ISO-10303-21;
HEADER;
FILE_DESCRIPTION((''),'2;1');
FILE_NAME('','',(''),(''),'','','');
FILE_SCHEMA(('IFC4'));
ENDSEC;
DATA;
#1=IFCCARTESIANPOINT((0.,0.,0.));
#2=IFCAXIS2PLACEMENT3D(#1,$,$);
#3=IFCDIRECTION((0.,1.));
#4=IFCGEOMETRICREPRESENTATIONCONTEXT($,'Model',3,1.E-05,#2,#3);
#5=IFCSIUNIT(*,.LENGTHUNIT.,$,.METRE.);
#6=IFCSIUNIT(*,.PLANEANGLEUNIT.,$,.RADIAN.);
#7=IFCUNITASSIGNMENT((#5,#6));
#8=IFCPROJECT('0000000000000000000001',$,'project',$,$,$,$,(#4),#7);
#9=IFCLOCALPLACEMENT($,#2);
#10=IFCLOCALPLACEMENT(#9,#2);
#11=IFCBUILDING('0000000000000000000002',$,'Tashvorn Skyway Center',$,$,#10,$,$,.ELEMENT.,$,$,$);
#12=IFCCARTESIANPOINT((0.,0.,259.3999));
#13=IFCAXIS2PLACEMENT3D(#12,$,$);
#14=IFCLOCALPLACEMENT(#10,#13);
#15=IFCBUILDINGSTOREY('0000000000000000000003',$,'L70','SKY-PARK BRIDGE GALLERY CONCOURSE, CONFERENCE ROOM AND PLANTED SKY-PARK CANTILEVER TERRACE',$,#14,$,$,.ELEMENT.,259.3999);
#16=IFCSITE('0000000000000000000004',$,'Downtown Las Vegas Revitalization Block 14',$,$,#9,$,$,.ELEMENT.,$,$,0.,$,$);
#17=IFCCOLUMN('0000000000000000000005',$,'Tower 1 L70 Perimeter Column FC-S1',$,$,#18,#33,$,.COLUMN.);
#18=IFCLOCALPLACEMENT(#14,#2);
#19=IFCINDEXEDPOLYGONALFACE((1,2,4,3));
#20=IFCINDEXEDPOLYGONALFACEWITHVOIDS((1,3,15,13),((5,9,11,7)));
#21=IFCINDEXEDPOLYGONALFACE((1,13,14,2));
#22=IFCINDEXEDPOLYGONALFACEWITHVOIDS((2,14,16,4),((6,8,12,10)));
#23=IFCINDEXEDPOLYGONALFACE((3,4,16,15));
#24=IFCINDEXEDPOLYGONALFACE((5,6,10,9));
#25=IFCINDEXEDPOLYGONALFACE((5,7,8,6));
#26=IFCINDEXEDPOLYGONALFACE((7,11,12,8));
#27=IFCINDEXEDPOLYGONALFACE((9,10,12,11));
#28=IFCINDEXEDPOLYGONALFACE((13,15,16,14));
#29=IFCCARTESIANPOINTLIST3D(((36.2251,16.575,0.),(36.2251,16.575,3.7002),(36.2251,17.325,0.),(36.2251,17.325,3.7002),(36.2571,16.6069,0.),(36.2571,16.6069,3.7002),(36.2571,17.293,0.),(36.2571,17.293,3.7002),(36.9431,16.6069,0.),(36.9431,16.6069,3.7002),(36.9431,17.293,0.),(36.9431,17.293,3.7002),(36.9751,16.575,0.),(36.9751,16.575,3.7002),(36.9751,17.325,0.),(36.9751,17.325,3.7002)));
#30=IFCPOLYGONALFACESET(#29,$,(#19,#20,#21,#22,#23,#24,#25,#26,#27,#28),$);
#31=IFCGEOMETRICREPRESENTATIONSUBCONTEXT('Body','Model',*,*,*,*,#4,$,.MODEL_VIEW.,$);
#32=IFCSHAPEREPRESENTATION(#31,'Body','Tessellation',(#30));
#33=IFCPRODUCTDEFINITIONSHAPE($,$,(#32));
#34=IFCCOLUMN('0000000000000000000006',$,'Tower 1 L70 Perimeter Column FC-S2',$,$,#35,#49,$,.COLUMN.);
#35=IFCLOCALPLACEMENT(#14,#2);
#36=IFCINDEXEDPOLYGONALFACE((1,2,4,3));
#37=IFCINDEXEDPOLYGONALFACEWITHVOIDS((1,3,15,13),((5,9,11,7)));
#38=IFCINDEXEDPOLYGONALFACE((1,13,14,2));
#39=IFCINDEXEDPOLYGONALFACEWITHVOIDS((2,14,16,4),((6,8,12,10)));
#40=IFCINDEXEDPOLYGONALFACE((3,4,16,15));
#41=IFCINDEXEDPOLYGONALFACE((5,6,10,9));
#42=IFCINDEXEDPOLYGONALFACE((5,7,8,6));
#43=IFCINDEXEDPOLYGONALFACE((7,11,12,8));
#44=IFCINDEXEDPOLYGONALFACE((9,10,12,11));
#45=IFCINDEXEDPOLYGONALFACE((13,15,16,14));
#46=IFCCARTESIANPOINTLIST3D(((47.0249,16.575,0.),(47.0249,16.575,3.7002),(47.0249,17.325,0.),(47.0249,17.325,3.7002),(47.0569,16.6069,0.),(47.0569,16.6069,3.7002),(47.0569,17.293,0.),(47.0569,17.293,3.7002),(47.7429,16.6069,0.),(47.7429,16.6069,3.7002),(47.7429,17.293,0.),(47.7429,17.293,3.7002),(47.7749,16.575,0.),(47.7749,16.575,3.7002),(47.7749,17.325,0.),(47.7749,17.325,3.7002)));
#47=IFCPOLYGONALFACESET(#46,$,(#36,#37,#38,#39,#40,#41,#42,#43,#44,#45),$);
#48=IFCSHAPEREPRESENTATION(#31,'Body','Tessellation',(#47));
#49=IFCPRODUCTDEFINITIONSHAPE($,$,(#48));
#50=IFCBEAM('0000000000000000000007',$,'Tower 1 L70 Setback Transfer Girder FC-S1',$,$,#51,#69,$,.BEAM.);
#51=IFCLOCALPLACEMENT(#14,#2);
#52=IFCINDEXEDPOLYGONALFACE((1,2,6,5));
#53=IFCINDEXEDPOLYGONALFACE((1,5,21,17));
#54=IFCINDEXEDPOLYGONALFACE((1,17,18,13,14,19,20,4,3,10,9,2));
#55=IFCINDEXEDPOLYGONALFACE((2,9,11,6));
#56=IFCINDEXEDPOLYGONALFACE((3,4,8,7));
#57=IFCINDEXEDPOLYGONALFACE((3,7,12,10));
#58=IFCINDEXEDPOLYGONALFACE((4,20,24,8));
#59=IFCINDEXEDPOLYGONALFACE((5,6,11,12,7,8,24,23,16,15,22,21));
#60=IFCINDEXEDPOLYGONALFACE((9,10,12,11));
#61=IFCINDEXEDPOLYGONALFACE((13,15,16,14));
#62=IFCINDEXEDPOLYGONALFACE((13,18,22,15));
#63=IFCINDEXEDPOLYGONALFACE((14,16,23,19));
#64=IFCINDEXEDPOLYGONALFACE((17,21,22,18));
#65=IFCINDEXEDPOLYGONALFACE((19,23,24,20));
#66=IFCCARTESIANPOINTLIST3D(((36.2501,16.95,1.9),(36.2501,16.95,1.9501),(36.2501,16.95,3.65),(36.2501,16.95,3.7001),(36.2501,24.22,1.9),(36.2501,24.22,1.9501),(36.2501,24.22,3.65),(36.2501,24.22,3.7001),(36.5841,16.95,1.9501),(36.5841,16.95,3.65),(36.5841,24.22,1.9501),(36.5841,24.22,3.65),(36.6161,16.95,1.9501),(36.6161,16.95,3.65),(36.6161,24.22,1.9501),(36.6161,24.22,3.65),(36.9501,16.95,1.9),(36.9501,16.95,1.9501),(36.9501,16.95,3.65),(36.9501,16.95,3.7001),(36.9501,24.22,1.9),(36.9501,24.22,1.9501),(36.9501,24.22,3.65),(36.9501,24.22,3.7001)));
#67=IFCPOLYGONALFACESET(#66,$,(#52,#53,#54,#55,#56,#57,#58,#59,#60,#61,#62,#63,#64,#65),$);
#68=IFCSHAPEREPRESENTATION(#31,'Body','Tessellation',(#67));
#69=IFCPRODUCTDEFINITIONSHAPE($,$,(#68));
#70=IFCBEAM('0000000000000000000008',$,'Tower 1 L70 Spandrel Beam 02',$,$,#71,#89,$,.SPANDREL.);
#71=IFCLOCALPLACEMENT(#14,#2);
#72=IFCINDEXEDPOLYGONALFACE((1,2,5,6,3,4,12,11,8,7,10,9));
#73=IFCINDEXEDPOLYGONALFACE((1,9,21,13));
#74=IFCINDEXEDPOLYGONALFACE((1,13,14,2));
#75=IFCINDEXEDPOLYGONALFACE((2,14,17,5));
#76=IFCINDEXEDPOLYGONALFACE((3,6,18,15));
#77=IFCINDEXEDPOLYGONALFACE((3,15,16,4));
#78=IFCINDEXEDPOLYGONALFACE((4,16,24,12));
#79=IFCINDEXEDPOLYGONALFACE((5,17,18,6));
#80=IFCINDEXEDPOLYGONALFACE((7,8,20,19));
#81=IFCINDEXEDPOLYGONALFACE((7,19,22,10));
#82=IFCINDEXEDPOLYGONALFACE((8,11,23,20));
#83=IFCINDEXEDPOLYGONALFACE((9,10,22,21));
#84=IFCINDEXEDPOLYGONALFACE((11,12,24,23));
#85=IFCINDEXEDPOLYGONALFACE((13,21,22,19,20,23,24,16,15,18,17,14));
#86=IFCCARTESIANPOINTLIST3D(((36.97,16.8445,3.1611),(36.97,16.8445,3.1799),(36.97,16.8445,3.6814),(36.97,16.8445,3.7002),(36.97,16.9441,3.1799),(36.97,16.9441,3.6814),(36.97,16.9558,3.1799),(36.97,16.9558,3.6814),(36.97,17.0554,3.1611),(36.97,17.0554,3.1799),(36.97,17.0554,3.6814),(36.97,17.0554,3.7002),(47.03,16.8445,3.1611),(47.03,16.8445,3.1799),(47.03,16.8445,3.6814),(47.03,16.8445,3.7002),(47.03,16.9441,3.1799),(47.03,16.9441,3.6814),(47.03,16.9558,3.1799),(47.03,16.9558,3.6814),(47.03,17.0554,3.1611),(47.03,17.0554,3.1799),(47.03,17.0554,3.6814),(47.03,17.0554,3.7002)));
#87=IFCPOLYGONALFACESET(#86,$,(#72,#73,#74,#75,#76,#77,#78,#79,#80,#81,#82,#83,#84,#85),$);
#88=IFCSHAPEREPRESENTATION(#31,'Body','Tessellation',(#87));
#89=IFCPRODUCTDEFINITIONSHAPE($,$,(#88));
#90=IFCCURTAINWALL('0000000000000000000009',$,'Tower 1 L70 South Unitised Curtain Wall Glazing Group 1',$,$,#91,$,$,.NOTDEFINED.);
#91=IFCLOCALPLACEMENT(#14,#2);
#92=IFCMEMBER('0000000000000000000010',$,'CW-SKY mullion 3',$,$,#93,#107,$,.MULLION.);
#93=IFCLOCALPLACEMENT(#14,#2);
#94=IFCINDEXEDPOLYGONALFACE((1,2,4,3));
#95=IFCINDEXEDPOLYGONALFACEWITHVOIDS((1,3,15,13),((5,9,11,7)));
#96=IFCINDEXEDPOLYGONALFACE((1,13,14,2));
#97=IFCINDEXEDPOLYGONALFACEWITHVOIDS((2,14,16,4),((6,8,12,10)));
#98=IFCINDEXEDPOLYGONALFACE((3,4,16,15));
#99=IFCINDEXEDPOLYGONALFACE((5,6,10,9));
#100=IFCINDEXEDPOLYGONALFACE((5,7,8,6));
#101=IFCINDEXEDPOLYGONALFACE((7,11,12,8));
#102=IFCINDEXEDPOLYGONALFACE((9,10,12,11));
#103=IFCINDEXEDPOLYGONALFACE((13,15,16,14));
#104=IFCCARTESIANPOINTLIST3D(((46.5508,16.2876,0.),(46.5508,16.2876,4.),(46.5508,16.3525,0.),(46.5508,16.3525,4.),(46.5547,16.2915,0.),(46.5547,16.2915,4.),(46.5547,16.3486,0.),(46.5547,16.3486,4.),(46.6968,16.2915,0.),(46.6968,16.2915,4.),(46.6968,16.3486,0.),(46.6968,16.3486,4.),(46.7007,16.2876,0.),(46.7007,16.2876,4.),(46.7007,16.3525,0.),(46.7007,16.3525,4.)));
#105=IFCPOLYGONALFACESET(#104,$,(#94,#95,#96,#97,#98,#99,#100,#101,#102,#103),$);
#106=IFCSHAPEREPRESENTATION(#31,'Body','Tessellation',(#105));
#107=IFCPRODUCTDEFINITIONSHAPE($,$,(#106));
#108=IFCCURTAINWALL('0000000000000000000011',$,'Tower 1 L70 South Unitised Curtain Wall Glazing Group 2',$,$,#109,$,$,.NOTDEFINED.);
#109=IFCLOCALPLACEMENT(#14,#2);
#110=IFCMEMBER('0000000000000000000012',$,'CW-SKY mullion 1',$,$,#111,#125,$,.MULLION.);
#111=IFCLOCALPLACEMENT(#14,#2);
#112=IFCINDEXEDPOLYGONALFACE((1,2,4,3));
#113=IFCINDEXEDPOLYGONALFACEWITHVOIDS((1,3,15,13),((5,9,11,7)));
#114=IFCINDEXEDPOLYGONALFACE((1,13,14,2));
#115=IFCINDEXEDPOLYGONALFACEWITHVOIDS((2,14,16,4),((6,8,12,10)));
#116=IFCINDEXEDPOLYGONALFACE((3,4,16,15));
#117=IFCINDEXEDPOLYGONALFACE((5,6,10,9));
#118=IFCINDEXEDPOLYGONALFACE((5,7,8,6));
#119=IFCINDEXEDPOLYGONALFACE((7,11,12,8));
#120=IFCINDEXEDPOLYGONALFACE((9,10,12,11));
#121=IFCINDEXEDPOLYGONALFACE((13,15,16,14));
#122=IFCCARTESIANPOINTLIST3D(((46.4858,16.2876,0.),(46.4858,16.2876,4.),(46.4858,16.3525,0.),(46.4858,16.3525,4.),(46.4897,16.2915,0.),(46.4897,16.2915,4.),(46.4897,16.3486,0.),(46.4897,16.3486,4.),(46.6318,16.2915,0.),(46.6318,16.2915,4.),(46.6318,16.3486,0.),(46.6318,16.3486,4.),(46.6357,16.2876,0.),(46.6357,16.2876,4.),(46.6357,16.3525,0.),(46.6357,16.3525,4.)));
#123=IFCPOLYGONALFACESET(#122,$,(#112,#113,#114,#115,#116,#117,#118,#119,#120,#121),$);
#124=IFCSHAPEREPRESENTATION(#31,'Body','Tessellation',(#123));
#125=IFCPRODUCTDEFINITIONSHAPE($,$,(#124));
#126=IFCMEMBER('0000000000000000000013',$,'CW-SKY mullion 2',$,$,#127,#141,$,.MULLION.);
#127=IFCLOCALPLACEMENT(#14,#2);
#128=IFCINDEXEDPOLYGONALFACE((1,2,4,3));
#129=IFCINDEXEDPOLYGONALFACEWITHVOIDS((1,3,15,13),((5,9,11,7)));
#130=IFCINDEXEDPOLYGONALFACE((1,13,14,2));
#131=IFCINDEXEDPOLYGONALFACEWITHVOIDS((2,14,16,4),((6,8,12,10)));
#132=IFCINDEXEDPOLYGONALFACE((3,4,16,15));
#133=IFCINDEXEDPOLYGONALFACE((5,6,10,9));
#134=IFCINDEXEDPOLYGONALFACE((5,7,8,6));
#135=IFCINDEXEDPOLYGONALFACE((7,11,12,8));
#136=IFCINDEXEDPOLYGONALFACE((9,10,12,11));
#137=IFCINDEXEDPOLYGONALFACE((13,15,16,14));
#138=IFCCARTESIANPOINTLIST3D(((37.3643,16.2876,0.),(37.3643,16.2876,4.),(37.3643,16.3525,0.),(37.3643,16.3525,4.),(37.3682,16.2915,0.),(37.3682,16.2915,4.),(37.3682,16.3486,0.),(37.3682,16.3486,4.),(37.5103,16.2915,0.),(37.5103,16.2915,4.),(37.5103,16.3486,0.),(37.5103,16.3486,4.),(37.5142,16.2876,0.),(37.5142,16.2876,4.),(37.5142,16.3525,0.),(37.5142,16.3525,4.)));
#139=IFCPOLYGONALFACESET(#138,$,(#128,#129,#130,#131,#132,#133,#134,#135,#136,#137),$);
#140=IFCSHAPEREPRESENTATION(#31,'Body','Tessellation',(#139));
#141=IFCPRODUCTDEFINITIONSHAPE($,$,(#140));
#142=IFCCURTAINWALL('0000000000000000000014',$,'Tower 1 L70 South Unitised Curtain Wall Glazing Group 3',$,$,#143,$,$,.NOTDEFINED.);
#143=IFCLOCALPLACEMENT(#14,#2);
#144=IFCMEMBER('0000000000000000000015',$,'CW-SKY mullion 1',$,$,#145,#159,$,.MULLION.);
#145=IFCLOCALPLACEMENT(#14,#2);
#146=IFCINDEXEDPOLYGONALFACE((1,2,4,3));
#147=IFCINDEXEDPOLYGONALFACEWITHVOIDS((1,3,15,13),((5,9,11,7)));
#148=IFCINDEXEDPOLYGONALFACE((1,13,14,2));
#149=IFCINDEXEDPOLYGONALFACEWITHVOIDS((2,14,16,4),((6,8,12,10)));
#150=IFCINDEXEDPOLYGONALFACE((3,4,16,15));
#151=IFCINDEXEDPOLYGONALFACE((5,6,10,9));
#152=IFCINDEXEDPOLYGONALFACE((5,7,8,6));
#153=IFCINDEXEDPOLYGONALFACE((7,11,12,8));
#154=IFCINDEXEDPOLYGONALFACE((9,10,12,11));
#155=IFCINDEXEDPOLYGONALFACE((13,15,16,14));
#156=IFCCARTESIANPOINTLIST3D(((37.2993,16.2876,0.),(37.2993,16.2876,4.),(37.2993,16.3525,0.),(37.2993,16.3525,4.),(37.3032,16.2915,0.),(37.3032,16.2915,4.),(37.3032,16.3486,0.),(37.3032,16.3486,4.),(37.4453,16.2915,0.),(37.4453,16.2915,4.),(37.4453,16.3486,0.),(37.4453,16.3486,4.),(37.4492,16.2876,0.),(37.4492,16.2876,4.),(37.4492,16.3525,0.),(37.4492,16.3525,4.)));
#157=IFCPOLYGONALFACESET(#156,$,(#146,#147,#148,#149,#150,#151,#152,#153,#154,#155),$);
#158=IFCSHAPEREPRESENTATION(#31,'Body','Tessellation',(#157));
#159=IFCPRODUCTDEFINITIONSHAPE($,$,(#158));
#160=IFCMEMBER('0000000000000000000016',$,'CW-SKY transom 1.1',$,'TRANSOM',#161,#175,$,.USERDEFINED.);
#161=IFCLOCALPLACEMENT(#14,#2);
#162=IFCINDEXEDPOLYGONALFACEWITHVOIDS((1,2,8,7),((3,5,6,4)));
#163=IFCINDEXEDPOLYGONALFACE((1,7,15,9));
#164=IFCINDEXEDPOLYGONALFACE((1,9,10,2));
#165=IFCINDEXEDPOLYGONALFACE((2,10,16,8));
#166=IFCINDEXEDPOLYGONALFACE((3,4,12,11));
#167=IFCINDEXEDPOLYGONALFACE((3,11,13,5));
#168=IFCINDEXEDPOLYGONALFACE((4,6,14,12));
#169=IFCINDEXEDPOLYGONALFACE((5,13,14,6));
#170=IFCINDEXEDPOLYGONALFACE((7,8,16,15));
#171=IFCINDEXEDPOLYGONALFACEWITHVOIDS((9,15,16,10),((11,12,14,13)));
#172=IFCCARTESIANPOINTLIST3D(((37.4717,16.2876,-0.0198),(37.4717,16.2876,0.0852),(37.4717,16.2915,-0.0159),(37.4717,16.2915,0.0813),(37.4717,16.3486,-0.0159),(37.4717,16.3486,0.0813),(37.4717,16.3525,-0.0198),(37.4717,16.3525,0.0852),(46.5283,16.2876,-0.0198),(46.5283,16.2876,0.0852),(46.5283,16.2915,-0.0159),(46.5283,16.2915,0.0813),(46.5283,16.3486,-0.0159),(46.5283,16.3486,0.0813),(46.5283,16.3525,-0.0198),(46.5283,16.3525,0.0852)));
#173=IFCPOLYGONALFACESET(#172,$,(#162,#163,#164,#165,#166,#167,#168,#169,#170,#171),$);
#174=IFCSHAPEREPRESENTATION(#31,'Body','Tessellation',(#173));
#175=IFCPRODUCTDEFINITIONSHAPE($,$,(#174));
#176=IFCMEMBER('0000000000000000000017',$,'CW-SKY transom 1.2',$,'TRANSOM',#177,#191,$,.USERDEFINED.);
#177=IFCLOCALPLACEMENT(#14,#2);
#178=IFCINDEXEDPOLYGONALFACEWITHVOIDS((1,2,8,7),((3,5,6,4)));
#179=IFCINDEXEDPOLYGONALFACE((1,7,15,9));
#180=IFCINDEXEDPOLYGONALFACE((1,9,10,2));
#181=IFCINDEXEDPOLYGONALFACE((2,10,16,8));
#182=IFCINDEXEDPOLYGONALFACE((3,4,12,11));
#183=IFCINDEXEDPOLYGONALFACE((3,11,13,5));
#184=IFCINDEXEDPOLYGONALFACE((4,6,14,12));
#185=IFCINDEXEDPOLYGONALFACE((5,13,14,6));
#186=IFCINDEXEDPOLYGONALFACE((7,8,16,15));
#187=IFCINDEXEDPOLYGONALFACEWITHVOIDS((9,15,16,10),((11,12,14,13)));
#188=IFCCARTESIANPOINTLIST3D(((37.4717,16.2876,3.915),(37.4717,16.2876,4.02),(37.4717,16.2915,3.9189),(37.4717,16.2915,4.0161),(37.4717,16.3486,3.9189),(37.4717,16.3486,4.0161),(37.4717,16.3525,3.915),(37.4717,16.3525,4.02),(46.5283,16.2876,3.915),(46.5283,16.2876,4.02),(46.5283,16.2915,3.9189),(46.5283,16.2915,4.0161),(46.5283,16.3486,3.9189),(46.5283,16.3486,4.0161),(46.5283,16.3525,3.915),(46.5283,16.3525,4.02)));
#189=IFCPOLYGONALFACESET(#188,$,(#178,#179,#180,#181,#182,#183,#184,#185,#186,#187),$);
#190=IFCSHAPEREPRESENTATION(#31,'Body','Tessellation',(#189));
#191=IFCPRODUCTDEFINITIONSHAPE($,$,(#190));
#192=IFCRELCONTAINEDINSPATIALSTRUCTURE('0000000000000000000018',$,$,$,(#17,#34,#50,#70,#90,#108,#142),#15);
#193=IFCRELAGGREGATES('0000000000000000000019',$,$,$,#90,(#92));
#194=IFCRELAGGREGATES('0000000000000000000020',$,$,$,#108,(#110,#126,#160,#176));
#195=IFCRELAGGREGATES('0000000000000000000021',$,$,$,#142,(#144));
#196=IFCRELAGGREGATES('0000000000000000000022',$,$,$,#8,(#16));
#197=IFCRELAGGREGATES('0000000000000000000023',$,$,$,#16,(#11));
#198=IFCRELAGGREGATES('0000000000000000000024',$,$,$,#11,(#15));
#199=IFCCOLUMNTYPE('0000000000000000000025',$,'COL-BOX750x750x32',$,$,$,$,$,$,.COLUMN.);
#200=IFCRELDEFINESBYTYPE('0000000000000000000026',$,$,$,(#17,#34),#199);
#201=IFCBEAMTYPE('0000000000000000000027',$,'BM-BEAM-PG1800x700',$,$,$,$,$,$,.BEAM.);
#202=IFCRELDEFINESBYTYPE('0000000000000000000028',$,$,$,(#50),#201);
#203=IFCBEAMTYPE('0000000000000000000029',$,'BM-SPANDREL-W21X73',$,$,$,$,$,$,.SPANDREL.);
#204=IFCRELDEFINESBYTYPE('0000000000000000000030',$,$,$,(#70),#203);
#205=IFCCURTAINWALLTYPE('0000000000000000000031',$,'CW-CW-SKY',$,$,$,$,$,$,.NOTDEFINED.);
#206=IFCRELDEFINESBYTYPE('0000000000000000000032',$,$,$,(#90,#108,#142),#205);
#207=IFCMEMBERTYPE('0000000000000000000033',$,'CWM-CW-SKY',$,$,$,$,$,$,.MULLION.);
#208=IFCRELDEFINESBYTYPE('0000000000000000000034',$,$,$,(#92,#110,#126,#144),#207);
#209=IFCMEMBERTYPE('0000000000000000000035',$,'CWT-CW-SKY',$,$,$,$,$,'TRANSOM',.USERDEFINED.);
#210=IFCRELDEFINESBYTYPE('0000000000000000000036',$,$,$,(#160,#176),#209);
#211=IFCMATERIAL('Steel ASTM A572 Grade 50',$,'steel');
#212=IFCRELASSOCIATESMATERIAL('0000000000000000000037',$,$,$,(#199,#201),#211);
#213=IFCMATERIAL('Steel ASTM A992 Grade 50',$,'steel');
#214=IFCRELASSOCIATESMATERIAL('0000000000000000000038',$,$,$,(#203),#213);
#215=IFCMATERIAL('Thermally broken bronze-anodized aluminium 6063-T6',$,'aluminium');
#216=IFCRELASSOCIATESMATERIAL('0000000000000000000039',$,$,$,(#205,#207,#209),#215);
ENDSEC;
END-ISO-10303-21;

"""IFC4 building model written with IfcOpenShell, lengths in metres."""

from ifc_helpers import new_model, si_unit, direction, frame, origin, origin_2d, place, context, subcontext, project, spatial, hollow_rectangle, i_section, extrude, material, material_profile, profile_set, type_object, element, aggregate, save


model = new_model("IFC4")

# Units and contexts
model_context = context("Model", 3, precision=1e-05, world=origin(), true_north=direction((0.0, 1.0)))
body_context = subcontext(model_context, "Body", "Model", "MODEL_VIEW")
ifc_project = project(units=[si_unit("LENGTHUNIT", "METRE"), si_unit("PLANEANGLEUNIT", "RADIAN")], contexts=[model_context])

# Site, building, storey
site_placement = place(None, origin())
site = spatial("IfcSite", under=ifc_project, at=site_placement, Name="Downtown Las Vegas Revitalization Block 14", CompositionType="ELEMENT", RefElevation=0.0)
building_placement = place(site_placement, origin())
building = spatial("IfcBuilding", under=site, at=building_placement, Name="Tashvorn Skyway Center", CompositionType="ELEMENT")
storey_placement = place(building_placement, frame((0.0, 0.0, 259.3999)))
storey = spatial("IfcBuildingStorey", under=building, at=storey_placement, Name="L70", Description="SKY-PARK BRIDGE GALLERY CONCOURSE, CONFERENCE ROOM AND PLANTED SKY-PARK CANTILEVER TERRACE", CompositionType="ELEMENT", Elevation=259.3999)

# Columns
ifc_material_1 = material(Name="Steel ASTM A572 Grade 50", Category="steel")
ifc_material_profile_1 = material_profile(ifc_material_1, hollow_rectangle(XDim=0.75, YDim=0.75, WallThickness=0.032, at=origin_2d()), Name="BOX750x750x32")
ifc_profile_set_1 = profile_set([ifc_material_profile_1], Name="Steel ASTM A572 Grade 50")
column_type = type_object("IfcColumnType", Name="COL-BOX750x750x32", PredefinedType="COLUMN", material=ifc_profile_set_1)
for number, where, z_axis, x_axis, name in (
    (1, (36.6001, 16.95, 0.0), (0.0, 0.0, 1.0), (1.0, 0.0, 0.0), "Tower 1 L70 Perimeter Column FC-S1"),
    (2, (47.3999, 16.95, 0.0), (0.0, 0.0, 1.0), (1.0, 0.0, 0.0), "Tower 1 L70 Perimeter Column FC-S2"),
):
    element("IfcColumn", number, at=place(storey_placement, frame(where, z_axis=z_axis, x_axis=x_axis)), inside=storey, type_object=column_type, Name=name, PredefinedType="COLUMN", context=body_context, shape_type="SweptSolid", body=[
        extrude(hollow_rectangle(XDim=0.75, YDim=0.75, WallThickness=0.032, at=origin_2d()), origin(), (0.0, 0.0, 1.0), 3.7002),
    ])

# Beams
ifc_material_profile_2 = material_profile(ifc_material_1, i_section(OverallWidth=0.7, OverallDepth=1.8, WebThickness=0.032, FlangeThickness=0.05, at=origin_2d()), Name="PG1800x700")
ifc_profile_set_2 = profile_set([ifc_material_profile_2], Name="Steel ASTM A572 Grade 50")
beam_type_1 = type_object("IfcBeamType", Name="BM-BEAM-PG1800x700", PredefinedType="BEAM", material=ifc_profile_set_2)
beam_1_placement = place(storey_placement, frame((36.6001, 16.95, 2.8), z_axis=(0.0, 1.0, 0.0), x_axis=(-1.0, 0.0, 0.0)))
element("IfcBeam", 3, at=beam_1_placement, inside=storey, type_object=beam_type_1, Name="Tower 1 L70 Setback Transfer Girder FC-S1", PredefinedType="BEAM", context=body_context, shape_type="SweptSolid", body=[
    extrude(i_section(OverallWidth=0.7, OverallDepth=1.8, WebThickness=0.032, FlangeThickness=0.05, at=origin_2d()), origin(), (0.0, 0.0, 1.0), 7.27),
])
ifc_material_2 = material(Name="Steel ASTM A992 Grade 50", Category="steel")
ifc_material_profile_3 = material_profile(ifc_material_2, i_section(OverallWidth=0.2109, OverallDepth=0.5391, WebThickness=0.0117, FlangeThickness=0.0188, at=origin_2d()), Name="W21X73")
ifc_profile_set_3 = profile_set([ifc_material_profile_3], Name="Steel ASTM A992 Grade 50")
beam_type_2 = type_object("IfcBeamType", Name="BM-SPANDREL-W21X73", PredefinedType="SPANDREL", material=ifc_profile_set_3)
beam_2_placement = place(storey_placement, frame((36.97, 16.95, 3.4307), z_axis=(1.0, 0.0, 0.0), x_axis=(0.0, 1.0, 0.0)))
element("IfcBeam", 4, at=beam_2_placement, inside=storey, type_object=beam_type_2, Name="Tower 1 L70 Spandrel Beam 02", PredefinedType="SPANDREL", context=body_context, shape_type="SweptSolid", body=[
    extrude(i_section(OverallWidth=0.2109, OverallDepth=0.5391, WebThickness=0.0117, FlangeThickness=0.0188, at=origin_2d()), origin(), (0.0, 0.0, 1.0), 10.0601),
])

# Curtain wall, member
ifc_material_3 = material(Name="Thermally broken bronze-anodized aluminium 6063-T6", Category="aluminium")
curtain_wall_type = type_object("IfcCurtainWallType", Name="CW-CW-SKY", PredefinedType="NOTDEFINED", material=ifc_material_3)
curtain_wall_1_placement = place(storey_placement, origin())
curtain_wall_1 = element("IfcCurtainWall", 5, at=curtain_wall_1_placement, inside=storey, type_object=curtain_wall_type, Name="Tower 1 L70 South Unitised Curtain Wall Glazing Group 1", PredefinedType="NOTDEFINED")
ifc_material_profile_4 = material_profile(ifc_material_3, hollow_rectangle(XDim=0.0649, YDim=0.1499, WallThickness=0.0039, at=origin_2d()), Name="ALU-MULL-65x150")
ifc_profile_set_4 = profile_set([ifc_material_profile_4], Name="Thermally broken bronze-anodized aluminium 6063-T6")
member_type_1 = type_object("IfcMemberType", Name="CWM-CW-SKY", PredefinedType="MULLION", material=ifc_profile_set_4)
member_1_placement = place(storey_placement, frame((46.6257, 16.3201, 0.0), z_axis=(0.0, 0.0, 1.0), x_axis=(0.0, -1.0, 0.0)))
member_1 = element("IfcMember", 6, at=member_1_placement, type_object=member_type_1, Name="CW-SKY mullion 3", PredefinedType="MULLION", context=body_context, shape_type="SweptSolid", body=[
    extrude(hollow_rectangle(XDim=0.0649, YDim=0.1499, WallThickness=0.0039, at=origin_2d()), origin(), (0.0, 0.0, 1.0), 4.0),
])
aggregate(curtain_wall_1, [member_1])

# Curtain wall, members
curtain_wall_2_placement = place(storey_placement, origin())
curtain_wall_2 = element("IfcCurtainWall", 7, at=curtain_wall_2_placement, inside=storey, type_object=curtain_wall_type, Name="Tower 1 L70 South Unitised Curtain Wall Glazing Group 2", PredefinedType="NOTDEFINED")
member_2_placement = place(storey_placement, frame((46.5608, 16.3201, 0.0), z_axis=(0.0, 0.0, 1.0), x_axis=(0.0, -1.0, 0.0)))
member_2 = element("IfcMember", 8, at=member_2_placement, type_object=member_type_1, Name="CW-SKY mullion 1", PredefinedType="MULLION", context=body_context, shape_type="SweptSolid", body=[
    extrude(hollow_rectangle(XDim=0.0649, YDim=0.1499, WallThickness=0.0039, at=origin_2d()), origin(), (0.0, 0.0, 1.0), 4.0),
])
member_3_placement = place(storey_placement, frame((37.4392, 16.3201, 0.0), z_axis=(0.0, 0.0, 1.0), x_axis=(0.0, -1.0, 0.0)))
member_3 = element("IfcMember", 9, at=member_3_placement, type_object=member_type_1, Name="CW-SKY mullion 2", PredefinedType="MULLION", context=body_context, shape_type="SweptSolid", body=[
    extrude(hollow_rectangle(XDim=0.0649, YDim=0.1499, WallThickness=0.0039, at=origin_2d()), origin(), (0.0, 0.0, 1.0), 4.0),
])

# Curtain wall, member
curtain_wall_3_placement = place(storey_placement, origin())
curtain_wall_3 = element("IfcCurtainWall", 10, at=curtain_wall_3_placement, inside=storey, type_object=curtain_wall_type, Name="Tower 1 L70 South Unitised Curtain Wall Glazing Group 3", PredefinedType="NOTDEFINED")
member_4_placement = place(storey_placement, frame((37.3743, 16.3201, 0.0), z_axis=(0.0, 0.0, 1.0), x_axis=(0.0, -1.0, 0.0)))
member_4 = element("IfcMember", 11, at=member_4_placement, type_object=member_type_1, Name="CW-SKY mullion 1", PredefinedType="MULLION", context=body_context, shape_type="SweptSolid", body=[
    extrude(hollow_rectangle(XDim=0.0649, YDim=0.1499, WallThickness=0.0039, at=origin_2d()), origin(), (0.0, 0.0, 1.0), 4.0),
])

# Members
ifc_material_profile_5 = material_profile(ifc_material_3, hollow_rectangle(XDim=0.0649, YDim=0.105, WallThickness=0.0039, at=origin_2d()), Name="ALU-TRAN-65x105")
ifc_profile_set_5 = profile_set([ifc_material_profile_5], Name="Thermally broken bronze-anodized aluminium 6063-T6")
member_type_2 = type_object("IfcMemberType", Name="CWT-CW-SKY", ElementType="TRANSOM", PredefinedType="USERDEFINED", material=ifc_profile_set_5)
member_5_placement = place(storey_placement, frame((46.5283, 16.3201, 0.0327), z_axis=(-1.0, 0.0, 0.0), x_axis=(0.0, -1.0, 0.0)))
member_5 = element("IfcMember", 12, at=member_5_placement, type_object=member_type_2, Name="CW-SKY transom 1.1", ObjectType="TRANSOM", PredefinedType="USERDEFINED", context=body_context, shape_type="SweptSolid", body=[
    extrude(hollow_rectangle(XDim=0.0649, YDim=0.105, WallThickness=0.0039, at=origin_2d()), origin(), (0.0, 0.0, 1.0), 9.0566),
])
member_6_placement = place(storey_placement, frame((46.5283, 16.3201, 3.9675), z_axis=(-1.0, 0.0, 0.0), x_axis=(0.0, -1.0, 0.0)))
member_6 = element("IfcMember", 13, at=member_6_placement, type_object=member_type_2, Name="CW-SKY transom 1.2", ObjectType="TRANSOM", PredefinedType="USERDEFINED", context=body_context, shape_type="SweptSolid", body=[
    extrude(hollow_rectangle(XDim=0.0649, YDim=0.105, WallThickness=0.0039, at=origin_2d()), origin(), (0.0, 0.0, 1.0), 9.0566),
])

aggregate(curtain_wall_2, [member_2, member_3, member_5, member_6])
aggregate(curtain_wall_3, [member_4])

save(model, "model.ifc")
